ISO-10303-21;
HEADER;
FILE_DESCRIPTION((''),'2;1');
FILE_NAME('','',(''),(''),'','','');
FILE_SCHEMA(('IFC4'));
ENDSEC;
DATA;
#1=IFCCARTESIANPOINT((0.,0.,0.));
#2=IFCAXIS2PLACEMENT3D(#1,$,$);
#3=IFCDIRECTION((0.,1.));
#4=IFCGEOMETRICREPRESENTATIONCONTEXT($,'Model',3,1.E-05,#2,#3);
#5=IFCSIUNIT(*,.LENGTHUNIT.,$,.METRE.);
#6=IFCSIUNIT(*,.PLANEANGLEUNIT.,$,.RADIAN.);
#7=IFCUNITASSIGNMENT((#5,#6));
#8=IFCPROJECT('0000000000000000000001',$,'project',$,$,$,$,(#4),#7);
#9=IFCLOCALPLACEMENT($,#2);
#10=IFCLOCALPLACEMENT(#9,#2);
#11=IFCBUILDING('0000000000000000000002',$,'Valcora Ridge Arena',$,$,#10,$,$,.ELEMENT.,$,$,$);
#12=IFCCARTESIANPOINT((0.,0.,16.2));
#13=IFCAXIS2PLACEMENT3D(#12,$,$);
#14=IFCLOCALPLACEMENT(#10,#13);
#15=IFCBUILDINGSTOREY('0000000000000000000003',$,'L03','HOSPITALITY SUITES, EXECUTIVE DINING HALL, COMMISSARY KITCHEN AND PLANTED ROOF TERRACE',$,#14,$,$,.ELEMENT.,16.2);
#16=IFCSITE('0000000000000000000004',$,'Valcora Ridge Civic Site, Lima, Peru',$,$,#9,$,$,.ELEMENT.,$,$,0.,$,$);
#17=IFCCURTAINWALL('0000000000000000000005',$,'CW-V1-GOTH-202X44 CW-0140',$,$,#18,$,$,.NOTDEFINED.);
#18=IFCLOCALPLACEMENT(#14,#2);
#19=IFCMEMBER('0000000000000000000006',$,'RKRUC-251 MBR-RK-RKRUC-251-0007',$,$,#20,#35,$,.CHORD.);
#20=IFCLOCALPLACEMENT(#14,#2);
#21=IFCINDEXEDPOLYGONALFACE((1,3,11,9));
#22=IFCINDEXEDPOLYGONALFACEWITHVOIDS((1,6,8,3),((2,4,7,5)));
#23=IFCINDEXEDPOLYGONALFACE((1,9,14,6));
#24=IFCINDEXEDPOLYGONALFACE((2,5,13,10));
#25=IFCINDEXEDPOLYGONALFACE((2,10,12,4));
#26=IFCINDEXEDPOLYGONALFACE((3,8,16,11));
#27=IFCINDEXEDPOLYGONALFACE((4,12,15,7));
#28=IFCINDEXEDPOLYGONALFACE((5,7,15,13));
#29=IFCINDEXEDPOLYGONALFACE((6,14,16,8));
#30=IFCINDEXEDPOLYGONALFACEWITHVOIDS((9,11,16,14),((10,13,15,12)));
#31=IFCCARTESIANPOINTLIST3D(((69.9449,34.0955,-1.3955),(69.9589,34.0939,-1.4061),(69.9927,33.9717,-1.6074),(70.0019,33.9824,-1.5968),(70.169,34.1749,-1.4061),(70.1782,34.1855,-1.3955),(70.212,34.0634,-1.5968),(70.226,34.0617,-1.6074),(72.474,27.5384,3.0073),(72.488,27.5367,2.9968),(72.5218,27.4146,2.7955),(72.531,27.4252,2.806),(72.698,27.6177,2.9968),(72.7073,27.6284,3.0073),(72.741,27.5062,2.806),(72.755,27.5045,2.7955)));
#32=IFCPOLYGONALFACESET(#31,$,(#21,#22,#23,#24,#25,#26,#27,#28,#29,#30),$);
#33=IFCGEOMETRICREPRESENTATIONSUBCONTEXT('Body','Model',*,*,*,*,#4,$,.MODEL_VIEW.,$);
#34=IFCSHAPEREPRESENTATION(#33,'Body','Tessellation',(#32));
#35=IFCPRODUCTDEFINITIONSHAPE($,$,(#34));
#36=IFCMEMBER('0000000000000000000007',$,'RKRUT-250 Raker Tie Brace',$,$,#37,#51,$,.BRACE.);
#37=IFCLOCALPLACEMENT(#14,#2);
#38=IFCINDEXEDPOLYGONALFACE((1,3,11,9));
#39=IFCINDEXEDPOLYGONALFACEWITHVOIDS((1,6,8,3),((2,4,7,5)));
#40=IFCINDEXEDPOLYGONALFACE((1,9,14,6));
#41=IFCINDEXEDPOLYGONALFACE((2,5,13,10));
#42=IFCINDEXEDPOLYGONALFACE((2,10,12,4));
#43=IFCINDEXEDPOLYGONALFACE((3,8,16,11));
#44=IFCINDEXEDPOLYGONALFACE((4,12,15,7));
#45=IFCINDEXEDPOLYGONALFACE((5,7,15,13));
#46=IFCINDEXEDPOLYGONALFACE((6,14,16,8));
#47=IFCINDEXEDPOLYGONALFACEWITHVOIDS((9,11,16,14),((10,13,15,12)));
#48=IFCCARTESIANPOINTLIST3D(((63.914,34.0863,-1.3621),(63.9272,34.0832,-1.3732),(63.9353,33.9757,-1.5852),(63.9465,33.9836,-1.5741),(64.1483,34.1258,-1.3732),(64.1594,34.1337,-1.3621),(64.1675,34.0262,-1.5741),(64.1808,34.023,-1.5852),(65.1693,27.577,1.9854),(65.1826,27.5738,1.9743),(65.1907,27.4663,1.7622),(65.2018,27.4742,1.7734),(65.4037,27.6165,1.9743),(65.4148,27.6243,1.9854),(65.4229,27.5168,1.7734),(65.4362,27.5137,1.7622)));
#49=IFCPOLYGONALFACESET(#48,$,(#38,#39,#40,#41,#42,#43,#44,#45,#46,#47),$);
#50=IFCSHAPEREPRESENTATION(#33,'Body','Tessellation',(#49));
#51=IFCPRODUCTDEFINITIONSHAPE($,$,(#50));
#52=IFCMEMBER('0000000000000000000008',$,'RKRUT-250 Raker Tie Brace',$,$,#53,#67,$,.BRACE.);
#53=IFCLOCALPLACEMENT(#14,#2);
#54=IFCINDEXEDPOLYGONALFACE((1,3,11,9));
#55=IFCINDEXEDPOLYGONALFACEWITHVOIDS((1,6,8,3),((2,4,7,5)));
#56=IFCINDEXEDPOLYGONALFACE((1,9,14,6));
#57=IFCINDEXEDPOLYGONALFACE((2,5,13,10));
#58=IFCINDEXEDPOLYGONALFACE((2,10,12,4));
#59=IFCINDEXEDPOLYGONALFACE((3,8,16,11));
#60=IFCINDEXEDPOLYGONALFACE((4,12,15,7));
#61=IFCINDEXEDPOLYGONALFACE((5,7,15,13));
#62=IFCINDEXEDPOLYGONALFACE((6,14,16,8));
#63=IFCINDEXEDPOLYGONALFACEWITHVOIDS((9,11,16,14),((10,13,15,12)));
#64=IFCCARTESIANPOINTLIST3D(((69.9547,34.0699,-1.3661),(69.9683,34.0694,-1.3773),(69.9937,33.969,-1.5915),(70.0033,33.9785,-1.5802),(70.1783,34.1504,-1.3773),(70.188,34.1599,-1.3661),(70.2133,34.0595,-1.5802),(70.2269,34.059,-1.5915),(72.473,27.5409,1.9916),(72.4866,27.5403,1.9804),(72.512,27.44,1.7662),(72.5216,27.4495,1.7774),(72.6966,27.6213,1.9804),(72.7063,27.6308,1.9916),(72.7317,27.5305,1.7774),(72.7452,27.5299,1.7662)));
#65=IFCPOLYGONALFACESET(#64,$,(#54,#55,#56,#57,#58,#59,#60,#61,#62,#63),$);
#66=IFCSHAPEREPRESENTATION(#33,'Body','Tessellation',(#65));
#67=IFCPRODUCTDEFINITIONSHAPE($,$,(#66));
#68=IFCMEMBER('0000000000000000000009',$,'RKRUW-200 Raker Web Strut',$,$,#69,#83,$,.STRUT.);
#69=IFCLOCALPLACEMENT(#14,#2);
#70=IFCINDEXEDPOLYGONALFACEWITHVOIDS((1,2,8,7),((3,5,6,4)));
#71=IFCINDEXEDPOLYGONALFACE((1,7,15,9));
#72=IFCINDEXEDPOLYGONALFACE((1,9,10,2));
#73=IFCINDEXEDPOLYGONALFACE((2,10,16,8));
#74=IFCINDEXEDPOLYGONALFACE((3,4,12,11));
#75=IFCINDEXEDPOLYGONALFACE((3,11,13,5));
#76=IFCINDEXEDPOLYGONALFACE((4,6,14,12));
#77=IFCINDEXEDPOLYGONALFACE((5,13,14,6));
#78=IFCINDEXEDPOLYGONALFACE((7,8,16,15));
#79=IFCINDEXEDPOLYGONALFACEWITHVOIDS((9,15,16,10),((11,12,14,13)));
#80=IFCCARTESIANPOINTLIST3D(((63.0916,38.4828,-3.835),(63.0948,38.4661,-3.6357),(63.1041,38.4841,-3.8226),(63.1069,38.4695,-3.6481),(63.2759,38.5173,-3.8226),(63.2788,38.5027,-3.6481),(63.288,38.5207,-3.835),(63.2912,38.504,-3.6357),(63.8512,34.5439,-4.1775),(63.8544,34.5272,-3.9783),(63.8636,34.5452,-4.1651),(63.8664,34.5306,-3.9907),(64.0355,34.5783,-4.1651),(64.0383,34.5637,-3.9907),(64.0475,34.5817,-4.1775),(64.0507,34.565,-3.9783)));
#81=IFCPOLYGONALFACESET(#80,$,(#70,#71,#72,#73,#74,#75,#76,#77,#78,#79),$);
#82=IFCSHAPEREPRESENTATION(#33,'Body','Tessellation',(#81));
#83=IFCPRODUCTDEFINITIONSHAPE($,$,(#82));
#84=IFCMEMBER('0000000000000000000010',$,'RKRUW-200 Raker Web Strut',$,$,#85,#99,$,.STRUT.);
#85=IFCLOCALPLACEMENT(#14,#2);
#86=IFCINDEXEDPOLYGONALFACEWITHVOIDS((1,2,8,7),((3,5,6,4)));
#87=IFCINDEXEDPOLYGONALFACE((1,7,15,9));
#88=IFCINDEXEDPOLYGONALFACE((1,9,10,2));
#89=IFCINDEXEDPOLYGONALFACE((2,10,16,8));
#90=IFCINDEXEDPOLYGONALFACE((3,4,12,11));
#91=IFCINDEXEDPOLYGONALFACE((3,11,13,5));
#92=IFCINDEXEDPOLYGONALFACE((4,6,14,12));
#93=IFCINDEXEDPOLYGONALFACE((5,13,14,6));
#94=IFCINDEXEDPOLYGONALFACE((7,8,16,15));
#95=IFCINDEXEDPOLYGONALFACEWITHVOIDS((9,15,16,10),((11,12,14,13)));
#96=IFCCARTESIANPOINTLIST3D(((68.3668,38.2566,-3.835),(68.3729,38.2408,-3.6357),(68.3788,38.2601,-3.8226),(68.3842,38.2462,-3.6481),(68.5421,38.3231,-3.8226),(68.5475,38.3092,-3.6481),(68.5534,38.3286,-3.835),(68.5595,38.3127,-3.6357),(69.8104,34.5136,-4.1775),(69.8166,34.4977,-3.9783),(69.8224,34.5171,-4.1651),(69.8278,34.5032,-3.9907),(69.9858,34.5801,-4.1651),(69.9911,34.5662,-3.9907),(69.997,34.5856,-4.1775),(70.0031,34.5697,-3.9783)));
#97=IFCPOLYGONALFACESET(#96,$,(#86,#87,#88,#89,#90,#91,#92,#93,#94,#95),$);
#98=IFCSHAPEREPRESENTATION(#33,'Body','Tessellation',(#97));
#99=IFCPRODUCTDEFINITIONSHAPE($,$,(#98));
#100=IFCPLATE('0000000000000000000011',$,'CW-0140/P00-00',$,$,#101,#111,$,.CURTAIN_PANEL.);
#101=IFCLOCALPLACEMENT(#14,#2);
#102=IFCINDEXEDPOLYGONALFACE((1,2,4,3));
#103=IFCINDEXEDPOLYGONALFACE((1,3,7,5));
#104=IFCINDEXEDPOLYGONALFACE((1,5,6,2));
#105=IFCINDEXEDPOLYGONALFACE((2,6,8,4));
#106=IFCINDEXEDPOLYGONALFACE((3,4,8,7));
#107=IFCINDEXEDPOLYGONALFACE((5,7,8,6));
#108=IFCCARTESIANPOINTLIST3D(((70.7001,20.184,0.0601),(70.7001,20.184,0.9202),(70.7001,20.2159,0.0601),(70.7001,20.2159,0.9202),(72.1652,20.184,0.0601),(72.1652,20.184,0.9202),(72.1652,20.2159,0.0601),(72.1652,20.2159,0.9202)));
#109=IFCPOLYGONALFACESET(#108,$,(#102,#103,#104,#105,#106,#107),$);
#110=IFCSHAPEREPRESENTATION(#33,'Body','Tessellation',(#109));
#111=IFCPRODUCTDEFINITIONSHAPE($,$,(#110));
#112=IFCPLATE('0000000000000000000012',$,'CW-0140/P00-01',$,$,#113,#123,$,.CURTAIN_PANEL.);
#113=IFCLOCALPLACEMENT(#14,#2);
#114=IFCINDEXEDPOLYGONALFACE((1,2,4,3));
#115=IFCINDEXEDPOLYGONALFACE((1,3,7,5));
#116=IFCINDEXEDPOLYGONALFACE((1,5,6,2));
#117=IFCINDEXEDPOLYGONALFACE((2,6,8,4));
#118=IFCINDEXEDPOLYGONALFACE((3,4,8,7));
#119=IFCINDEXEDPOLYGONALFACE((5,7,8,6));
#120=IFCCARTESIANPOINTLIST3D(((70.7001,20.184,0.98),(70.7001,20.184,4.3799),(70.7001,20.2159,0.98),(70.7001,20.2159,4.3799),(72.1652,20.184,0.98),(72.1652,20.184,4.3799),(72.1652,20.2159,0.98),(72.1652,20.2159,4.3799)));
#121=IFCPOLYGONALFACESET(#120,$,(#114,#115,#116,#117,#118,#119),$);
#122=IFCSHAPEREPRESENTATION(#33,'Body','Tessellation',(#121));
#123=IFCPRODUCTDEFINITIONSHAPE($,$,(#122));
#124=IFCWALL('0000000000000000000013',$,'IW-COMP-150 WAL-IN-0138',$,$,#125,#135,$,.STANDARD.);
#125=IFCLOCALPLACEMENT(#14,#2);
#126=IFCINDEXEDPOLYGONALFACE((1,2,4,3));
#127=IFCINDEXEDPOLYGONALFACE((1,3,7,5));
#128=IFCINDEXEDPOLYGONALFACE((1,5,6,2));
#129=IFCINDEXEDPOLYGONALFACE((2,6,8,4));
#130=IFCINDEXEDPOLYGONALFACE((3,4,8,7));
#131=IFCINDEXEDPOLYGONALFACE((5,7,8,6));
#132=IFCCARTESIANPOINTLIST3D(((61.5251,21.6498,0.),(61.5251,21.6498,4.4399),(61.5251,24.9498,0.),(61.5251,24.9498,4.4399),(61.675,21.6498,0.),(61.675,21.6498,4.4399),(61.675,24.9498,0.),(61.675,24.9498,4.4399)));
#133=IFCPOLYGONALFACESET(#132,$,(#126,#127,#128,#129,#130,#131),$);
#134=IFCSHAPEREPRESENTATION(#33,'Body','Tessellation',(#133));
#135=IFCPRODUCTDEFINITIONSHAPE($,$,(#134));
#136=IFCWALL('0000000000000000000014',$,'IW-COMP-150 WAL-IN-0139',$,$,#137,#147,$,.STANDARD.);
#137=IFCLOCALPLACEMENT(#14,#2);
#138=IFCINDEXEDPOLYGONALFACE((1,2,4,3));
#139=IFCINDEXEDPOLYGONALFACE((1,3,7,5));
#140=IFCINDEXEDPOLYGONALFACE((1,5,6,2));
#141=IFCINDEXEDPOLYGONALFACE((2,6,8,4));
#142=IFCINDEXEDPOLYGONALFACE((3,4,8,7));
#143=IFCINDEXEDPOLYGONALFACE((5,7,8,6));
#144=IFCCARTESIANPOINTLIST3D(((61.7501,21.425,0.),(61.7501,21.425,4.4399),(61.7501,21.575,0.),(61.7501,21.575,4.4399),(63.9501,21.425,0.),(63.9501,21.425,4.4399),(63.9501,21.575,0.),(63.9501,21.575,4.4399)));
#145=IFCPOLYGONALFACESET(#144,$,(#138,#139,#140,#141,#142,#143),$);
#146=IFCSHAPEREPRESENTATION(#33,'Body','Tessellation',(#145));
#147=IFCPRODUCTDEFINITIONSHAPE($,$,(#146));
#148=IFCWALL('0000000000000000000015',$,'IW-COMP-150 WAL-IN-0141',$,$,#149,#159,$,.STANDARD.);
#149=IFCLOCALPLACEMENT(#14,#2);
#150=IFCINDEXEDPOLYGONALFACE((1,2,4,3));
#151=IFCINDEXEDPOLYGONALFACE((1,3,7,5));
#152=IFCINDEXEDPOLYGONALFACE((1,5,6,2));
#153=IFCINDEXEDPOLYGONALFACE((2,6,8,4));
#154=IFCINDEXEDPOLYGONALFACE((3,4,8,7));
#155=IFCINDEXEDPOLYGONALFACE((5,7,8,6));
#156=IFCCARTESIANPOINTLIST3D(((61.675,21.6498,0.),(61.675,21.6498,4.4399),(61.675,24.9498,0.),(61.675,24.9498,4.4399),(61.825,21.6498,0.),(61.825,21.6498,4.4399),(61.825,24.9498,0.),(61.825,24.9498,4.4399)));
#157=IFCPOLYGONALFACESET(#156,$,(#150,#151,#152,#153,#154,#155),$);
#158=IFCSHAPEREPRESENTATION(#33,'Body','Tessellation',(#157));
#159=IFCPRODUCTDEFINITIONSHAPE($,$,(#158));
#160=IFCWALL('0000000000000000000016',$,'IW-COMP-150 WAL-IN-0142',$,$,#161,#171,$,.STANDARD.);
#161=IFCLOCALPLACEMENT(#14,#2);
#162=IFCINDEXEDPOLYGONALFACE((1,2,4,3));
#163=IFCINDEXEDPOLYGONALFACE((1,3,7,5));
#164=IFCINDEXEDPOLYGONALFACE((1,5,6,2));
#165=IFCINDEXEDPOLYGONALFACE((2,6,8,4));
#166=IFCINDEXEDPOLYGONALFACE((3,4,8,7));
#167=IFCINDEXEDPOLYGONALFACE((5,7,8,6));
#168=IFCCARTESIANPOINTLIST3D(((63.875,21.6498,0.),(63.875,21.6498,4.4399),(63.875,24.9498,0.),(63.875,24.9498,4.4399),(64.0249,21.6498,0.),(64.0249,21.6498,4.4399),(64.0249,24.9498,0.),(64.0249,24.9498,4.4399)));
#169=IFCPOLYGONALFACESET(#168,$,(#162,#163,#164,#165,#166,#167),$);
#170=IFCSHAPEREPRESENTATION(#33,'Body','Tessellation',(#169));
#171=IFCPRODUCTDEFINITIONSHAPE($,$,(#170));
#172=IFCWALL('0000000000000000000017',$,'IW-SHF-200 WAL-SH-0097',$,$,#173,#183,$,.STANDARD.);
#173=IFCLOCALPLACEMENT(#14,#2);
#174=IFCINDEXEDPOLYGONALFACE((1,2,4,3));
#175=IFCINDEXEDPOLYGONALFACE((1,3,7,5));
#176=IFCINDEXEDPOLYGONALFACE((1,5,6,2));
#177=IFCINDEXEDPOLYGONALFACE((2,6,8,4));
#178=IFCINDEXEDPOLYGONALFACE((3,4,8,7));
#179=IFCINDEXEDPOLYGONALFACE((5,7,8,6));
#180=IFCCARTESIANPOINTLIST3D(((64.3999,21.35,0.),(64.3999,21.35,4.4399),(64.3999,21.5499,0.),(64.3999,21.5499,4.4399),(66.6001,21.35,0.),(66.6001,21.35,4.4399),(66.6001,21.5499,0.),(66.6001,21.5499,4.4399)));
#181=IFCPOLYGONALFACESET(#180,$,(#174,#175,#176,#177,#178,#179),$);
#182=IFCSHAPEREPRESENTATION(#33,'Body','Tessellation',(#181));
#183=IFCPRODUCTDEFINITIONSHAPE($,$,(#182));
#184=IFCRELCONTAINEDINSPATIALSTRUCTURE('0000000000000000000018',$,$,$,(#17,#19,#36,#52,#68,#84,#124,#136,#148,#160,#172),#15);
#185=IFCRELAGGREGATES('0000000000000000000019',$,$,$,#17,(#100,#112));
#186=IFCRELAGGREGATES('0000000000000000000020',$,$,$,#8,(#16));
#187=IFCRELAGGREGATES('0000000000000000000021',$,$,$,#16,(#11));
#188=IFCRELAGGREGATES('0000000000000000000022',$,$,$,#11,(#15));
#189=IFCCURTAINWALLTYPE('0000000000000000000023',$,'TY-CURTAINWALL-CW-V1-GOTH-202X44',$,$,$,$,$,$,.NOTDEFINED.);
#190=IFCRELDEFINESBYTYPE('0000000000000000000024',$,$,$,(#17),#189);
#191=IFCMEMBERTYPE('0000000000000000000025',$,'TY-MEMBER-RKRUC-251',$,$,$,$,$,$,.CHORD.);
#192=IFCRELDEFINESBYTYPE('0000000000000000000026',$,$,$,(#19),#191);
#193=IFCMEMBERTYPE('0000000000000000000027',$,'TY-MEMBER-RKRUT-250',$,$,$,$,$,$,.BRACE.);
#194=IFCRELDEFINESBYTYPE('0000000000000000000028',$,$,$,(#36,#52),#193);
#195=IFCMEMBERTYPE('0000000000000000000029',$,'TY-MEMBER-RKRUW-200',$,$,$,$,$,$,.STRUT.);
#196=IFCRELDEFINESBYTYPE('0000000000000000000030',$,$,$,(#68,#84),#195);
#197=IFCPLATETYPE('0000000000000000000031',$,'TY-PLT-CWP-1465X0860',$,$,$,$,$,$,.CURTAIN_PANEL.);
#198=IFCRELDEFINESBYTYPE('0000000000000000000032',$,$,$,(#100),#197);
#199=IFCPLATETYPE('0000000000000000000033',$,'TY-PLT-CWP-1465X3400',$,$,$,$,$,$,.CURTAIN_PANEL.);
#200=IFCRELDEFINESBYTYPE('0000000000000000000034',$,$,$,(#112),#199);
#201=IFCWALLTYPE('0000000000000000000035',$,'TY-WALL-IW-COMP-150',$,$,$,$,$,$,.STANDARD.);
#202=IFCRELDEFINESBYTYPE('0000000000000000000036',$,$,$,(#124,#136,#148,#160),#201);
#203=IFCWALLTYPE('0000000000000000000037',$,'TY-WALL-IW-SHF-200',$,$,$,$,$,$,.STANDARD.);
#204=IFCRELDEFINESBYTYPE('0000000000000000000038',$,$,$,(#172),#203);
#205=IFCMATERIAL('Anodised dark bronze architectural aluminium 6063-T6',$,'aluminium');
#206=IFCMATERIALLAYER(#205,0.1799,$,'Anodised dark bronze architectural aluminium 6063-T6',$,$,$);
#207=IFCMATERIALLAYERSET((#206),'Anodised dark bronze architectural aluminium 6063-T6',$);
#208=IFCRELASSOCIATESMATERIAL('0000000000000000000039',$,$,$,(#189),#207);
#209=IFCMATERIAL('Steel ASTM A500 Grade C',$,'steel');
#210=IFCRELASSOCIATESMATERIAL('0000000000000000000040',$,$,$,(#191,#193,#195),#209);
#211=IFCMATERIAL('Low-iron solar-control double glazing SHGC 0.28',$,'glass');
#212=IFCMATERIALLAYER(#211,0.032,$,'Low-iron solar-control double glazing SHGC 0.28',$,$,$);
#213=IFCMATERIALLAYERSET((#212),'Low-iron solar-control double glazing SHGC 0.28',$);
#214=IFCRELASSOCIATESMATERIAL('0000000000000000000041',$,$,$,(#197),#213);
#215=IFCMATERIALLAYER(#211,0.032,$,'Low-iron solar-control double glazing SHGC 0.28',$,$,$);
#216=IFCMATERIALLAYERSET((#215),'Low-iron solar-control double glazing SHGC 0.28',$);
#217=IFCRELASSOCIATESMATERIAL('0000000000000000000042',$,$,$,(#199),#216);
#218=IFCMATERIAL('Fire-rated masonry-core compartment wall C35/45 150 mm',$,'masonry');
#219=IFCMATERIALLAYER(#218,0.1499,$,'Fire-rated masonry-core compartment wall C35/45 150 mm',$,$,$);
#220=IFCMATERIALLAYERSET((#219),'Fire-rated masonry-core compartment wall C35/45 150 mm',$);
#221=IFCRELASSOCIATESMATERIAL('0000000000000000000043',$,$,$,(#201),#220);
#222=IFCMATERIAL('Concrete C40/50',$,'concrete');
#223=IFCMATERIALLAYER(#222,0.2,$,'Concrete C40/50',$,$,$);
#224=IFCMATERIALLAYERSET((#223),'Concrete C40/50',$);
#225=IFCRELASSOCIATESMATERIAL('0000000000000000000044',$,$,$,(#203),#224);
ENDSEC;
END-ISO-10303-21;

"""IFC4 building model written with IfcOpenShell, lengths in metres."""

from ifc_helpers import new_model, si_unit, direction, frame, frame_2d, origin, origin_2d, place, context, subcontext, project, spatial, rectangle, hollow_rectangle, extrude, material, layer, layer_set, material_profile, profile_set, type_object, element, aggregate, save


model = new_model("IFC4")

# Units and contexts
model_context = context("Model", 3, precision=1e-05, world=origin(), true_north=direction((0.0, 1.0)))
body_context = subcontext(model_context, "Body", "Model", "MODEL_VIEW")
ifc_project = project(units=[si_unit("LENGTHUNIT", "METRE"), si_unit("PLANEANGLEUNIT", "RADIAN")], contexts=[model_context])

# Site, building, storey
site_placement = place(None, origin())
site = spatial("IfcSite", under=ifc_project, at=site_placement, Name="Valcora Ridge Civic Site, Lima, Peru", CompositionType="ELEMENT", RefElevation=0.0)
building_placement = place(site_placement, origin())
building = spatial("IfcBuilding", under=site, at=building_placement, Name="Valcora Ridge Arena", CompositionType="ELEMENT")
storey_placement = place(building_placement, frame((0.0, 0.0, 16.2)))
storey = spatial("IfcBuildingStorey", under=building, at=storey_placement, Name="L03", Description="HOSPITALITY SUITES, EXECUTIVE DINING HALL, COMMISSARY KITCHEN AND PLANTED ROOF TERRACE", CompositionType="ELEMENT", Elevation=16.2)

# Shared definitions
ifc_material_1 = material(Name="Concrete C40/50", Category="concrete")

# Curtain wall
ifc_material_2 = material(Name="Anodised dark bronze architectural aluminium 6063-T6", Category="aluminium")
ifc_layer_1 = layer(ifc_material_2, 0.1799, Name="Anodised dark bronze architectural aluminium 6063-T6")
ifc_layer_set_1 = layer_set([ifc_layer_1], Name="Anodised dark bronze architectural aluminium 6063-T6")
curtain_wall_type = type_object("IfcCurtainWallType", Name="TY-CURTAINWALL-CW-V1-GOTH-202X44", PredefinedType="NOTDEFINED", material=ifc_layer_set_1)
curtain_wall_placement = place(storey_placement, origin())
curtain_wall = element("IfcCurtainWall", 1, at=curtain_wall_placement, inside=storey, type_object=curtain_wall_type, Name="CW-V1-GOTH-202X44 CW-0140", PredefinedType="NOTDEFINED")

# Members
ifc_material_3 = material(Name="Steel ASTM A500 Grade C", Category="steel")
ifc_material_profile_1 = material_profile(ifc_material_3, hollow_rectangle(XDim=0.25, YDim=0.25, WallThickness=0.0125, at=origin_2d()), Name="HSS250X250X12")
ifc_profile_set_1 = profile_set([ifc_material_profile_1], Name="Steel ASTM A500 Grade C")
member_type_1 = type_object("IfcMemberType", Name="TY-MEMBER-RKRUC-251", PredefinedType="CHORD", material=ifc_profile_set_1)
member_1_placement = place(storey_placement, frame((70.0854, 34.0786, -1.5015), z_axis=(0.304955, -0.790664, 0.530897), x_axis=(0.933008, 0.359857, 0.0)))
element("IfcMember", 2, at=member_1_placement, inside=storey, type_object=member_type_1, Name="RKRUC-251 MBR-RK-RKRUC-251-0007", PredefinedType="CHORD", context=body_context, shape_type="SweptSolid", body=[
    extrude(hollow_rectangle(XDim=0.25, YDim=0.25, WallThickness=0.0125, at=origin_2d()), origin(), (0.0, 0.0, 1.0), 8.2932),
])
ifc_material_profile_2 = material_profile(ifc_material_3, hollow_rectangle(XDim=0.25, YDim=0.25, WallThickness=0.0125, at=origin_2d()), Name="HSS250X250X12")
ifc_profile_set_2 = profile_set([ifc_material_profile_2], Name="Steel ASTM A500 Grade C")
member_type_2 = type_object("IfcMemberType", Name="TY-MEMBER-RKRUT-250", PredefinedType="BRACE", material=ifc_profile_set_2)
member_2_placement = place(storey_placement, frame((64.0474, 34.0547, -1.4736), z_axis=(0.169041, -0.876502, 0.450743), x_axis=(0.981906, 0.189369, 0.0)))
element("IfcMember", 3, at=member_2_placement, inside=storey, type_object=member_type_2, Name="RKRUT-250 Raker Tie Brace", PredefinedType="BRACE", context=body_context, shape_type="SweptSolid", body=[
    extrude(hollow_rectangle(XDim=0.25, YDim=0.25, WallThickness=0.0125, at=origin_2d()), origin(), (0.0, 0.0, 1.0), 7.4265),
])
member_3_placement = place(storey_placement, frame((70.0908, 34.0645, -1.4788), z_axis=(0.324453, -0.841186, 0.432593), x_axis=(0.933003, 0.359867, 0.0)))
element("IfcMember", 4, at=member_3_placement, inside=storey, type_object=member_type_2, Name="RKRUT-250 Raker Tie Brace", PredefinedType="BRACE", context=body_context, shape_type="SweptSolid", body=[
    extrude(hollow_rectangle(XDim=0.25, YDim=0.25, WallThickness=0.0125, at=origin_2d()), origin(), (0.0, 0.0, 1.0), 7.7617),
])
ifc_material_profile_3 = material_profile(ifc_material_3, hollow_rectangle(XDim=0.2, YDim=0.2, WallThickness=0.0125, at=origin_2d()), Name="HSS200X200X12")
ifc_profile_set_3 = profile_set([ifc_material_profile_3], Name="Steel ASTM A500 Grade C")
member_type_3 = type_object("IfcMemberType", Name="TY-MEMBER-RKRUW-200", PredefinedType="STRUT", material=ifc_profile_set_3)
member_4_placement = place(storey_placement, frame((63.1914, 38.4934, -3.7354), z_axis=(0.188648, -0.978353, -0.085077), x_axis=(0.981913, 0.189335, 0.0)))
element("IfcMember", 5, at=member_4_placement, inside=storey, type_object=member_type_3, Name="RKRUW-200 Raker Web Strut", PredefinedType="STRUT", context=body_context, shape_type="SweptSolid", body=[
    extrude(hollow_rectangle(XDim=0.2, YDim=0.2, WallThickness=0.0125, at=origin_2d()), origin(), (0.0, 0.0, 1.0), 4.0261),
])
member_5_placement = place(storey_placement, frame((68.4631, 38.2847, -3.7354), z_axis=(0.358547, -0.929627, -0.085074), x_axis=(0.93301, 0.359852, 0.0)))
element("IfcMember", 6, at=member_5_placement, inside=storey, type_object=member_type_3, Name="RKRUW-200 Raker Web Strut", PredefinedType="STRUT", context=body_context, shape_type="SweptSolid", body=[
    extrude(hollow_rectangle(XDim=0.2, YDim=0.2, WallThickness=0.0125, at=origin_2d()), origin(), (0.0, 0.0, 1.0), 4.0264),
])

# Plates
ifc_material_4 = material(Name="Low-iron solar-control double glazing SHGC 0.28", Category="glass")
ifc_layer_2 = layer(ifc_material_4, 0.032, Name="Low-iron solar-control double glazing SHGC 0.28")
ifc_layer_set_2 = layer_set([ifc_layer_2], Name="Low-iron solar-control double glazing SHGC 0.28")
plate_type_1 = type_object("IfcPlateType", Name="TY-PLT-CWP-1465X0860", PredefinedType="CURTAIN_PANEL", material=ifc_layer_set_2)
plate_1_placement = place(storey_placement, frame((71.4326, 20.2, 0.0601), z_axis=(0.0, 0.0, 1.0), x_axis=(1.0, 0.0, 0.0)))
plate_1 = element("IfcPlate", 7, at=plate_1_placement, type_object=plate_type_1, Name="CW-0140/P00-00", PredefinedType="CURTAIN_PANEL", context=body_context, shape_type="SweptSolid", body=[
    extrude(rectangle(XDim=1.4651, YDim=0.032, at=origin_2d()), origin(), (0.0, 0.0, 1.0), 0.8601),
])
ifc_layer_3 = layer(ifc_material_4, 0.032, Name="Low-iron solar-control double glazing SHGC 0.28")
ifc_layer_set_3 = layer_set([ifc_layer_3], Name="Low-iron solar-control double glazing SHGC 0.28")
plate_type_2 = type_object("IfcPlateType", Name="TY-PLT-CWP-1465X3400", PredefinedType="CURTAIN_PANEL", material=ifc_layer_set_3)
plate_2_placement = place(storey_placement, frame((71.4326, 20.2, 0.98), z_axis=(0.0, 0.0, 1.0), x_axis=(1.0, 0.0, 0.0)))
plate_2 = element("IfcPlate", 8, at=plate_2_placement, type_object=plate_type_2, Name="CW-0140/P00-01", PredefinedType="CURTAIN_PANEL", context=body_context, shape_type="SweptSolid", body=[
    extrude(rectangle(XDim=1.4651, YDim=0.032, at=origin_2d()), origin(), (0.0, 0.0, 1.0), 3.3999),
])
aggregate(curtain_wall, [plate_1, plate_2])

# Walls
ifc_material_5 = material(Name="Fire-rated masonry-core compartment wall C35/45 150 mm", Category="masonry")
ifc_layer_4 = layer(ifc_material_5, 0.1499, Name="Fire-rated masonry-core compartment wall C35/45 150 mm")
ifc_layer_set_4 = layer_set([ifc_layer_4], Name="Fire-rated masonry-core compartment wall C35/45 150 mm")
wall_type_1 = type_object("IfcWallType", Name="TY-WALL-IW-COMP-150", PredefinedType="STANDARD", material=ifc_layer_set_4)
wall_1_placement = place(storey_placement, frame((61.6001, 21.6499, 0.0), z_axis=(0.0, 0.0, 1.0), x_axis=(0.0, 1.0, 0.0)))
element("IfcWall", 9, at=wall_1_placement, inside=storey, type_object=wall_type_1, Name="IW-COMP-150 WAL-IN-0138", PredefinedType="STANDARD", context=body_context, shape_type="SweptSolid", body=[
    extrude(rectangle(XDim=3.3, YDim=0.1499, at=frame_2d((1.6499, 0.0))), origin(), (0.0, 0.0, 1.0), 4.4399),
])
wall_2_placement = place(storey_placement, frame((61.75, 21.5, 0.0), z_axis=(0.0, 0.0, 1.0), x_axis=(1.0, 0.0, 0.0)))
element("IfcWall", 10, at=wall_2_placement, inside=storey, type_object=wall_type_1, Name="IW-COMP-150 WAL-IN-0139", PredefinedType="STANDARD", context=body_context, shape_type="SweptSolid", body=[
    extrude(rectangle(XDim=2.2, YDim=0.1499, at=frame_2d((1.1001, 0.0))), origin(), (0.0, 0.0, 1.0), 4.4399),
])

# Walls
for number, where, z_axis, x_axis, name in (
    (11, (61.75, 21.6499, 0.0), (0.0, 0.0, 1.0), (0.0, 1.0, 0.0), "IW-COMP-150 WAL-IN-0141"),
    (12, (63.95, 21.6499, 0.0), (0.0, 0.0, 1.0), (0.0, 1.0, 0.0), "IW-COMP-150 WAL-IN-0142"),
):
    element("IfcWall", number, at=place(storey_placement, frame(where, z_axis=z_axis, x_axis=x_axis)), inside=storey, type_object=wall_type_1, Name=name, PredefinedType="STANDARD", context=body_context, shape_type="SweptSolid", body=[
        extrude(rectangle(XDim=3.3, YDim=0.1499, at=frame_2d((1.6499, 0.0))), origin(), (0.0, 0.0, 1.0), 4.4399),
    ])
ifc_layer_5 = layer(ifc_material_1, 0.2, Name="Concrete C40/50")
ifc_layer_set_5 = layer_set([ifc_layer_5], Name="Concrete C40/50")
wall_type_2 = type_object("IfcWallType", Name="TY-WALL-IW-SHF-200", PredefinedType="STANDARD", material=ifc_layer_set_5)
wall_3_placement = place(storey_placement, frame((64.3999, 21.45, 0.0), z_axis=(0.0, 0.0, 1.0), x_axis=(1.0, 0.0, 0.0)))
element("IfcWall", 13, at=wall_3_placement, inside=storey, type_object=wall_type_2, Name="IW-SHF-200 WAL-SH-0097", PredefinedType="STANDARD", context=body_context, shape_type="SweptSolid", body=[
    extrude(rectangle(XDim=2.2002, YDim=0.2, at=frame_2d((1.1001, 0.0))), origin(), (0.0, 0.0, 1.0), 4.4399),
])

save(model, "model.ifc")
